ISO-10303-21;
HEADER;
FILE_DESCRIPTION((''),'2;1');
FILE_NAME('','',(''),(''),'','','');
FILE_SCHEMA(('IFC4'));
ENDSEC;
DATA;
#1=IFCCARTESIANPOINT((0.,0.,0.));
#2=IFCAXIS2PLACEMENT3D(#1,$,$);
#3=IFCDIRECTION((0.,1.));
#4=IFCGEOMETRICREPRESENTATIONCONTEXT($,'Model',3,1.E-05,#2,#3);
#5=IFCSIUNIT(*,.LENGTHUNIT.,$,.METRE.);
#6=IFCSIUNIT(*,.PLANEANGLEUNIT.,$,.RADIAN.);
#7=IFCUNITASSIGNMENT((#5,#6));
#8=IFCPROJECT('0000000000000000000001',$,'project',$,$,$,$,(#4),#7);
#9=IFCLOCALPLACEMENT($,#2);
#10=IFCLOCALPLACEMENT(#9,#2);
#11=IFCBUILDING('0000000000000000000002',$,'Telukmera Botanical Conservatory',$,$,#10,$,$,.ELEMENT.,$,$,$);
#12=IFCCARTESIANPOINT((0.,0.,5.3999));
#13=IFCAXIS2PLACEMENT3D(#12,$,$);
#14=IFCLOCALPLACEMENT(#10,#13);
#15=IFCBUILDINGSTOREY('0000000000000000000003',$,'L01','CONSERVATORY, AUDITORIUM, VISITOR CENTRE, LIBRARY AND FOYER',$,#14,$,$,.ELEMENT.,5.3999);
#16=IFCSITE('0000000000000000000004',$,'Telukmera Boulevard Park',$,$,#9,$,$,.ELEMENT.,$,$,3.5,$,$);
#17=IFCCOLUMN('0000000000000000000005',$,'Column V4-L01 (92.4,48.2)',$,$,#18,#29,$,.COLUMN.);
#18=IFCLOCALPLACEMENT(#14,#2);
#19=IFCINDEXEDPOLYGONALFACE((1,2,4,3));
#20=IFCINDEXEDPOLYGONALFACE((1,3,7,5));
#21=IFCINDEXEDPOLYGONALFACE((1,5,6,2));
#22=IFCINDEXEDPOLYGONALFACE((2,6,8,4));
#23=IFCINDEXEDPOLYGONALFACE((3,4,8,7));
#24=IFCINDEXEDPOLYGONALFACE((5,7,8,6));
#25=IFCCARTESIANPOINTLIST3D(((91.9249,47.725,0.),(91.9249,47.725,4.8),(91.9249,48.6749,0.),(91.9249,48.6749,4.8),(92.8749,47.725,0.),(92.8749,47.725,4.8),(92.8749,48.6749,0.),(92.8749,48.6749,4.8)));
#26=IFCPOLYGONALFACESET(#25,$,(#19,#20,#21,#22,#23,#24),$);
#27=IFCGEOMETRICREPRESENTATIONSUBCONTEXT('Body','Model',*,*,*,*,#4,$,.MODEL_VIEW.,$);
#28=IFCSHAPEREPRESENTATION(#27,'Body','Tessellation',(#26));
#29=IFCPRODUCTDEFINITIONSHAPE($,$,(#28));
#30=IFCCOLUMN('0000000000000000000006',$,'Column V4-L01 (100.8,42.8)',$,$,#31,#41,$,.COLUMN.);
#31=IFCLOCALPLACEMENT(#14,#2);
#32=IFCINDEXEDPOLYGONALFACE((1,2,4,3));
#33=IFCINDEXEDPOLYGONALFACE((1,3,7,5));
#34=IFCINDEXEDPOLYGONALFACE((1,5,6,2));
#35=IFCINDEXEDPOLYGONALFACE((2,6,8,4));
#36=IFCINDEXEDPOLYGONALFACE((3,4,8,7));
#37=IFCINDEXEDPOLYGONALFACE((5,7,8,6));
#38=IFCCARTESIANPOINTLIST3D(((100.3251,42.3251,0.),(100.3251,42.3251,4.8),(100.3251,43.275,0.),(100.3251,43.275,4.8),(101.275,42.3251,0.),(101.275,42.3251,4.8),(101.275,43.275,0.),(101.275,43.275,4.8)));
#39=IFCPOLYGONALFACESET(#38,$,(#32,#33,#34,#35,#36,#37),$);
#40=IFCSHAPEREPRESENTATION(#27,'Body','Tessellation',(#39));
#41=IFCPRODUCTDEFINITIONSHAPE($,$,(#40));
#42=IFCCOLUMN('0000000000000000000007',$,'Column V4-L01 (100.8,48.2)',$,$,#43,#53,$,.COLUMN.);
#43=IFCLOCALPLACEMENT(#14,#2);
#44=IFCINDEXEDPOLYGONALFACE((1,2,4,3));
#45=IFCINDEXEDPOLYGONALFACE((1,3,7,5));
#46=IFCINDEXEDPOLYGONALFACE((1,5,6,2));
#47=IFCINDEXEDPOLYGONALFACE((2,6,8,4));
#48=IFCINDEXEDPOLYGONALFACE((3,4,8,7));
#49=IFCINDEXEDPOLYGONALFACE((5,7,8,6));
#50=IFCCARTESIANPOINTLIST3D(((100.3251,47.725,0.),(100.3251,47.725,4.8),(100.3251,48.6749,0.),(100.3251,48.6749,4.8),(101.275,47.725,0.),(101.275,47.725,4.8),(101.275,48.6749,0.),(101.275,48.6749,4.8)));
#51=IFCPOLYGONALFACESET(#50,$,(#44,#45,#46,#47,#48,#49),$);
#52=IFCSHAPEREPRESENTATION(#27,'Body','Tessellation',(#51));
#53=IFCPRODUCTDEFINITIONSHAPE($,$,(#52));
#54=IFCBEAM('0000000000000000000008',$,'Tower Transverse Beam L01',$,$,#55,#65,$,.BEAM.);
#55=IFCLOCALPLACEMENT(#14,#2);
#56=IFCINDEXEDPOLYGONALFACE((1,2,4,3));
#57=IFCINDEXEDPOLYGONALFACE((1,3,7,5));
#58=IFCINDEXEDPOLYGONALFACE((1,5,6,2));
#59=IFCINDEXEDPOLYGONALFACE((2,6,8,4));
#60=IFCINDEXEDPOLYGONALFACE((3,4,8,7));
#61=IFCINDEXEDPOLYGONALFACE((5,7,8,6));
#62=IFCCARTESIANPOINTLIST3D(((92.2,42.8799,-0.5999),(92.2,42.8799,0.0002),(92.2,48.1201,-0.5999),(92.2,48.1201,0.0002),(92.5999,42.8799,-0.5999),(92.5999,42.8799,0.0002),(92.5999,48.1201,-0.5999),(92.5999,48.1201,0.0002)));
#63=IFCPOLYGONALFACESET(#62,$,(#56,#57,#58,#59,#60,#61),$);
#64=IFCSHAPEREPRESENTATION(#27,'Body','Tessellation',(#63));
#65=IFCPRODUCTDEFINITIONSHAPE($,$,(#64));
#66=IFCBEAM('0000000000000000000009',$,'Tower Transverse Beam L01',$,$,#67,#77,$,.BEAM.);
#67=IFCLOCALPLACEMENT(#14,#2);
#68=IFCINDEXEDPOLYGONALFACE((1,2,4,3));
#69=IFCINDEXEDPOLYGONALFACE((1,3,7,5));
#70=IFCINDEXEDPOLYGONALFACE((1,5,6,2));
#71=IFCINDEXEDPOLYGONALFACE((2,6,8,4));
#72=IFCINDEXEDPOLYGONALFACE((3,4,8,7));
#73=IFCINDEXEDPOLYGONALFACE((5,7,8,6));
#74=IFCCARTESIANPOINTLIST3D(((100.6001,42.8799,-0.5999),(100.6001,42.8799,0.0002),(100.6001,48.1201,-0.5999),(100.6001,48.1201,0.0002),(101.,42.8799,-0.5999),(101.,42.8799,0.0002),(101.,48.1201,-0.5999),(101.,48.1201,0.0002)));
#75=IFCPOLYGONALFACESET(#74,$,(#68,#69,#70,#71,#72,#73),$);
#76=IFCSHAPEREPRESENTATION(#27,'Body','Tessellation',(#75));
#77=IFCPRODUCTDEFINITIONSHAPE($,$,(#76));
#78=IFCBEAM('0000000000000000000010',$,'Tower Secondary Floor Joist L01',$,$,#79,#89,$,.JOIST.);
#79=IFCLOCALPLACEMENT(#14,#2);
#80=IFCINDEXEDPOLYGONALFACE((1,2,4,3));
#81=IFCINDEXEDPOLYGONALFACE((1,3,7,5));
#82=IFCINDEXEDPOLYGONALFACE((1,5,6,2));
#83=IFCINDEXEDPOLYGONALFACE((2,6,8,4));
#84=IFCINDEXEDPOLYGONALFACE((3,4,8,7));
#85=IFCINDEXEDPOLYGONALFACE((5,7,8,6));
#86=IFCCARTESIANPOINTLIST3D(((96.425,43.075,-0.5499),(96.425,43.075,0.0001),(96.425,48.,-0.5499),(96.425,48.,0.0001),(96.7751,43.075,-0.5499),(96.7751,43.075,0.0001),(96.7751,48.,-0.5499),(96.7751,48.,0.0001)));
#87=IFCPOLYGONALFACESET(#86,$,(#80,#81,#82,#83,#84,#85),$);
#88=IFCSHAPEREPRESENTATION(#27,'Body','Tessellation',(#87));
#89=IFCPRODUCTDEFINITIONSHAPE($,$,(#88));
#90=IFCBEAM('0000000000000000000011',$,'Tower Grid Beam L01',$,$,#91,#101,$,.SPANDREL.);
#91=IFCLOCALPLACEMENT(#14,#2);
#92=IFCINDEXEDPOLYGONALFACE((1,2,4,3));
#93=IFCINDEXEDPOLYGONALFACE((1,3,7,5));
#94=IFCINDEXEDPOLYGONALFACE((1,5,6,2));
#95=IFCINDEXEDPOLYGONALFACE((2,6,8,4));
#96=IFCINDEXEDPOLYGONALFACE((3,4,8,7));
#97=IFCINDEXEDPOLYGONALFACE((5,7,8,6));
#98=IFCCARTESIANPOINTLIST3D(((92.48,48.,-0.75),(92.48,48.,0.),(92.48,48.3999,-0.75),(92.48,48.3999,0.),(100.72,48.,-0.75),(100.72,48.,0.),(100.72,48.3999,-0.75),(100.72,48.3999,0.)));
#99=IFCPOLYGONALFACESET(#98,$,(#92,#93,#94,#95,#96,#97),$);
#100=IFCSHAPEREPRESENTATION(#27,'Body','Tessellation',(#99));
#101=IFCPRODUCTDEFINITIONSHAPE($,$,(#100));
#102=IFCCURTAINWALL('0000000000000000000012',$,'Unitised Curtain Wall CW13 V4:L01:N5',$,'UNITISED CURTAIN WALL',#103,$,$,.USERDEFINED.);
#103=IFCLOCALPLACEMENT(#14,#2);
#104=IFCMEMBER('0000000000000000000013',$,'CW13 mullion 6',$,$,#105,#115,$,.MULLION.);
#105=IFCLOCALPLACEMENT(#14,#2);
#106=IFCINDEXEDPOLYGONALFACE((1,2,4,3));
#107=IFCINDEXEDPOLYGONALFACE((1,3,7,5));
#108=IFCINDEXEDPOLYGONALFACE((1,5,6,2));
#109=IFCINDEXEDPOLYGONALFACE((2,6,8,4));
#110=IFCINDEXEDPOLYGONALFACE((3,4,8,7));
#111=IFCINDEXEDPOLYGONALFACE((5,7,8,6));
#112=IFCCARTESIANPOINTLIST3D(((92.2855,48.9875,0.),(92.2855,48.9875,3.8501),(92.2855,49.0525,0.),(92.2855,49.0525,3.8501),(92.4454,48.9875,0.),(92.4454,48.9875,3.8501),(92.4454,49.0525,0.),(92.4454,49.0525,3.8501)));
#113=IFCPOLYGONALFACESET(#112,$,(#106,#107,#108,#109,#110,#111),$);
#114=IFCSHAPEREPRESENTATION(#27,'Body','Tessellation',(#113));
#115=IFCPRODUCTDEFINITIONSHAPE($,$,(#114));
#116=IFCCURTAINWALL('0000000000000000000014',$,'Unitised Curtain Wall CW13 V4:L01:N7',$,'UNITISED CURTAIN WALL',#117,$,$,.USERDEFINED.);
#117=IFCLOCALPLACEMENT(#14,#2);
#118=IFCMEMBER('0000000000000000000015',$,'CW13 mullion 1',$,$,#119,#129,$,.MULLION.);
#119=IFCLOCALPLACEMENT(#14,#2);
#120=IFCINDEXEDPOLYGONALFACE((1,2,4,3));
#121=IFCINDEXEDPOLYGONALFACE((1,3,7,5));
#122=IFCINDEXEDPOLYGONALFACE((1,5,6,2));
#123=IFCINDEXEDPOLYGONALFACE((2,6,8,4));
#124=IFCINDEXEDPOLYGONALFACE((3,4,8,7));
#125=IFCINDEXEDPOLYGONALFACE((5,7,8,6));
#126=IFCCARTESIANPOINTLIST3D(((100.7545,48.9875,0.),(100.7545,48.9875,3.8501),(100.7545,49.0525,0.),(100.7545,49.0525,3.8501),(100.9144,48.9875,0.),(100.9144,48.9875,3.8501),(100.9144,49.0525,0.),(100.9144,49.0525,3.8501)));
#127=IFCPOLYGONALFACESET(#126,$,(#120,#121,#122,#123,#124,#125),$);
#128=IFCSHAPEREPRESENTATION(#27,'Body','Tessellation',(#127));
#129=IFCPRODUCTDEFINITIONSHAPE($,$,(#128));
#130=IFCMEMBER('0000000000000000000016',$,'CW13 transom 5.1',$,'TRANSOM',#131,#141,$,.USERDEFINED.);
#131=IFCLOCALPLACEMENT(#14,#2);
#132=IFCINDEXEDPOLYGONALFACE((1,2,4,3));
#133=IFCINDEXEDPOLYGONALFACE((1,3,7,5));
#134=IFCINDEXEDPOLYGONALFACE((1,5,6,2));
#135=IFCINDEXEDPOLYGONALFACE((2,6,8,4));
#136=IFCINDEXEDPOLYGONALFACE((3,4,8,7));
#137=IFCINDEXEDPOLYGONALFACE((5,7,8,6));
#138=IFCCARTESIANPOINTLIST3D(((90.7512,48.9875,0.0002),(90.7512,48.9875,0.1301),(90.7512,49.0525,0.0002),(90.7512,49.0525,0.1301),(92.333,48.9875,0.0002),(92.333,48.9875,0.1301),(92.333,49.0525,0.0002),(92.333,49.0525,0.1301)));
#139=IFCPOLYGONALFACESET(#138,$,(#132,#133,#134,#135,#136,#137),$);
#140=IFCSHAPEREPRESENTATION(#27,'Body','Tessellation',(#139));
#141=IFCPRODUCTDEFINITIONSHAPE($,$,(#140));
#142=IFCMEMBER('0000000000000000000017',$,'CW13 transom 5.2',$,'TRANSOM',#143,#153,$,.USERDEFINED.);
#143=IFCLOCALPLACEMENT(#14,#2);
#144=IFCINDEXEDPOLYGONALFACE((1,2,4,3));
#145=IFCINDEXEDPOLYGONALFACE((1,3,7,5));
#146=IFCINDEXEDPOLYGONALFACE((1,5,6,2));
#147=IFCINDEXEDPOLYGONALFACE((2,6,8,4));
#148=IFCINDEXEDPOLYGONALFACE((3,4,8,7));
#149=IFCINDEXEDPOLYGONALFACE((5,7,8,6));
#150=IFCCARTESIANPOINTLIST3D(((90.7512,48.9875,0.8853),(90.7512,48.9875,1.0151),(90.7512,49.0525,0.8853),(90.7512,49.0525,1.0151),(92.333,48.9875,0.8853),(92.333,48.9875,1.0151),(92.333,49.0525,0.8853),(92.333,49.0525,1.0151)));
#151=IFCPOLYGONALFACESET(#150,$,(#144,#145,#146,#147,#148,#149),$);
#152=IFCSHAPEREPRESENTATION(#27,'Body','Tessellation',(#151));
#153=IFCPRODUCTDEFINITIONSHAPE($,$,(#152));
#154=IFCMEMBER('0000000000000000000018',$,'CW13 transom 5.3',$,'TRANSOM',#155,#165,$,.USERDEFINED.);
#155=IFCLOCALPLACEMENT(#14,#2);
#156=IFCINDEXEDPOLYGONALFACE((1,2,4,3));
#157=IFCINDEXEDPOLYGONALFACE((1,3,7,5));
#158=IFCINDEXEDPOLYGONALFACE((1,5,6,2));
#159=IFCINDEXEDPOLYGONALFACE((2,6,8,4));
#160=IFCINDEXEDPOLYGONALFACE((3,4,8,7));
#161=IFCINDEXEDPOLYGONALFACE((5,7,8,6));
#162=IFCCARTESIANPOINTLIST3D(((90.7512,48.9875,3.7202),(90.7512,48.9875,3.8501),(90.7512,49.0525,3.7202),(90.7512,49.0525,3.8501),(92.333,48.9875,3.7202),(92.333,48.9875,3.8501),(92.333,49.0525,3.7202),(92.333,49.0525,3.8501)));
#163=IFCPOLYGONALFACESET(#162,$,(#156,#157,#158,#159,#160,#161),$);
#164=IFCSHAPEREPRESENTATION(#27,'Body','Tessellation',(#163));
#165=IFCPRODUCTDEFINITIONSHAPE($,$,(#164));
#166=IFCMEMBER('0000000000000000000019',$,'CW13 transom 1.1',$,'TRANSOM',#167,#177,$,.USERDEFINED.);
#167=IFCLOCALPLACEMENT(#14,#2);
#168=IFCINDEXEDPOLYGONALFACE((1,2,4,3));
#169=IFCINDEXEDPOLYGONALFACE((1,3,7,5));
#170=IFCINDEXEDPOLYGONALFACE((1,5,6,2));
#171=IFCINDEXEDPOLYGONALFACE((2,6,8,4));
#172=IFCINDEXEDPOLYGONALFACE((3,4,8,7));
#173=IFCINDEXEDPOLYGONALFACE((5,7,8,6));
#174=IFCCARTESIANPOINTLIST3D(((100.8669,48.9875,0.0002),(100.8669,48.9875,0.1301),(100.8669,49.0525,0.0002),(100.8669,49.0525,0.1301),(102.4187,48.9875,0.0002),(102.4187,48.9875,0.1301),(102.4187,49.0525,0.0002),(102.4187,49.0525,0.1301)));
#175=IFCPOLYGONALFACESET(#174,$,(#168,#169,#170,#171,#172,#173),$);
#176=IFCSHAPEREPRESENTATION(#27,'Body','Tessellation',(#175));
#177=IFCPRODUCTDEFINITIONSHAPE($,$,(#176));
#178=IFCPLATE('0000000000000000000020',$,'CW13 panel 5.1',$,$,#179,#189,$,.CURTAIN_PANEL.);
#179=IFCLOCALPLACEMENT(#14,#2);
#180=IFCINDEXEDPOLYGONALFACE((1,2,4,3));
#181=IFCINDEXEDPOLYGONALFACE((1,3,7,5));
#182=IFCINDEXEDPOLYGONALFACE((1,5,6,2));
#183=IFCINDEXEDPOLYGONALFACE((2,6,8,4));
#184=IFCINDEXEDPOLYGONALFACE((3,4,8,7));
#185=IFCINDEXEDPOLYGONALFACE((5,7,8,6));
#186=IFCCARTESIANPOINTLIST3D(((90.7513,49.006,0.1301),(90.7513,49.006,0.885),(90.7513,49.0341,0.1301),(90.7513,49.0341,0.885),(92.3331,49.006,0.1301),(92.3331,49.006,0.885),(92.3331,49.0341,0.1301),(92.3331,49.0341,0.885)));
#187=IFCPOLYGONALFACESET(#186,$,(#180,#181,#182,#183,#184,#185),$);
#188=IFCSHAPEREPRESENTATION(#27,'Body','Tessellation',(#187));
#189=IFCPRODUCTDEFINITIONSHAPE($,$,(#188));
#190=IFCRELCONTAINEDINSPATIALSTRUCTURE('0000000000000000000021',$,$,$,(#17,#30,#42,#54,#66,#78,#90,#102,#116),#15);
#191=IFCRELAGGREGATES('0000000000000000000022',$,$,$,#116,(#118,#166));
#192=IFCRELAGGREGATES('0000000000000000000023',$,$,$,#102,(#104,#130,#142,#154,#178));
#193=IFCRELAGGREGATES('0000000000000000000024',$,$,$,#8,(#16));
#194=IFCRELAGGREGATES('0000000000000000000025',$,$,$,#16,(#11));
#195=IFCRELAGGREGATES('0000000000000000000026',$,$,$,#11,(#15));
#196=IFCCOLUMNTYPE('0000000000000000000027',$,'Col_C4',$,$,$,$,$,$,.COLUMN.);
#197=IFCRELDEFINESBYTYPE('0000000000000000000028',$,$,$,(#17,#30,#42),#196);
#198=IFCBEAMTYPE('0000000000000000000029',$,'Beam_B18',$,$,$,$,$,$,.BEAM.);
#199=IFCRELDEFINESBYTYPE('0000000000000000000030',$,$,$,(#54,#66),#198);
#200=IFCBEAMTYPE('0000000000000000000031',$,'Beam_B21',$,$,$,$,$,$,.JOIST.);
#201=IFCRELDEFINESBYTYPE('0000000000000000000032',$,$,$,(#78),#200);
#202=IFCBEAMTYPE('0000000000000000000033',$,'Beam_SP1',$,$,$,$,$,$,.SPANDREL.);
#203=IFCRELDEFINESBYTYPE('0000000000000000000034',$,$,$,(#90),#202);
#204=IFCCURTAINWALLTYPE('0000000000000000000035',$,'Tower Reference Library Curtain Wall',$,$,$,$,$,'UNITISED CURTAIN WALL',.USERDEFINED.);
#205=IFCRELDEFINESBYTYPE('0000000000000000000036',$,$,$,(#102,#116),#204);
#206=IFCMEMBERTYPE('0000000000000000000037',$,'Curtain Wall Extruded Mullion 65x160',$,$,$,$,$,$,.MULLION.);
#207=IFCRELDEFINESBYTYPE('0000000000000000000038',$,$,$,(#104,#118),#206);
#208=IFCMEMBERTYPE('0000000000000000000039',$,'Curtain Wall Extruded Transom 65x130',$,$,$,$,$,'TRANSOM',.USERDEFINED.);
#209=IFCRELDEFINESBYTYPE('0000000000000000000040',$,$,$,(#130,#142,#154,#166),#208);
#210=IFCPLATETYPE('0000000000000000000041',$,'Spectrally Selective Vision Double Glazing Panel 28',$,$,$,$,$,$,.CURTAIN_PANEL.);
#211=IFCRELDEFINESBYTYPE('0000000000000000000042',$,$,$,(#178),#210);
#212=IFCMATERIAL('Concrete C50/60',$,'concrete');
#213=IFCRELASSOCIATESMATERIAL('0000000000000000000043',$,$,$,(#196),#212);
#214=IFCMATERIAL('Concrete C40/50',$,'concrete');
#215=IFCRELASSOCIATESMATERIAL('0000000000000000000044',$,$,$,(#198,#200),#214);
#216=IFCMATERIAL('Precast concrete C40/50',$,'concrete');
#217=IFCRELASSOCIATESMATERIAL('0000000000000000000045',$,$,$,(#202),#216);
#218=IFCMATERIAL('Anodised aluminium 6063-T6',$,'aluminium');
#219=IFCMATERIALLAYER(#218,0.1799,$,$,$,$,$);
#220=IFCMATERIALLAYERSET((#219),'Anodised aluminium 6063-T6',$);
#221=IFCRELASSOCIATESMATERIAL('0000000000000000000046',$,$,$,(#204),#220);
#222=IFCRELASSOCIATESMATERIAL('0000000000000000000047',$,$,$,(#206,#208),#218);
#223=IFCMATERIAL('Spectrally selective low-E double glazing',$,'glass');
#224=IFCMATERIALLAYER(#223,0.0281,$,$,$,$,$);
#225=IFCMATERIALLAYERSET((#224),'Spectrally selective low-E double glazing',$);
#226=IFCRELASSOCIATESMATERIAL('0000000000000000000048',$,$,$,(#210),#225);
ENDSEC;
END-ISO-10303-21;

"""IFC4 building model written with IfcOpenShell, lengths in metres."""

from ifc_helpers import new_model, si_unit, direction, frame, origin, origin_2d, place, context, subcontext, project, spatial, rectangle, extrude, material, layer, layer_set, material_profile, profile_set, type_object, element, aggregate, save


model = new_model("IFC4")

# Units and contexts
model_context = context("Model", 3, precision=1e-05, world=origin(), true_north=direction((0.0, 1.0)))
body_context = subcontext(model_context, "Body", "Model", "MODEL_VIEW")
ifc_project = project(units=[si_unit("LENGTHUNIT", "METRE"), si_unit("PLANEANGLEUNIT", "RADIAN")], contexts=[model_context])

# Site, building, storey
site_placement = place(None, origin())
site = spatial("IfcSite", under=ifc_project, at=site_placement, Name="Telukmera Boulevard Park", CompositionType="ELEMENT", RefElevation=3.5)
building_placement = place(site_placement, origin())
building = spatial("IfcBuilding", under=site, at=building_placement, Name="Telukmera Botanical Conservatory", CompositionType="ELEMENT")
storey_placement = place(building_placement, frame((0.0, 0.0, 5.3999)))
storey = spatial("IfcBuildingStorey", under=building, at=storey_placement, Name="L01", Description="CONSERVATORY, AUDITORIUM, VISITOR CENTRE, LIBRARY AND FOYER", CompositionType="ELEMENT", Elevation=5.3999)

# Columns
ifc_material_1 = material(Name="Concrete C50/60", Category="concrete")
ifc_material_profile_1 = material_profile(ifc_material_1, rectangle(XDim=0.95, YDim=0.95, at=origin_2d()), Name="RC 950x950")
ifc_profile_set_1 = profile_set([ifc_material_profile_1], Name="Concrete C50/60")
column_type = type_object("IfcColumnType", Name="Col_C4", PredefinedType="COLUMN", material=ifc_profile_set_1)
for number, where, z_axis, x_axis, name in (
    (1, (92.3999, 48.2, 0.0), (0.0, 0.0, 1.0), (1.0, 0.0, 0.0), "Column V4-L01 (92.4,48.2)"),
    (2, (100.8, 42.8, 0.0), (0.0, 0.0, 1.0), (1.0, 0.0, 0.0), "Column V4-L01 (100.8,42.8)"),
    (3, (100.8, 48.2, 0.0), (0.0, 0.0, 1.0), (1.0, 0.0, 0.0), "Column V4-L01 (100.8,48.2)"),
):
    element("IfcColumn", number, at=place(storey_placement, frame(where, z_axis=z_axis, x_axis=x_axis)), inside=storey, type_object=column_type, Name=name, PredefinedType="COLUMN", context=body_context, shape_type="SweptSolid", body=[
        extrude(rectangle(XDim=0.95, YDim=0.95, at=origin_2d()), origin(), (0.0, 0.0, 1.0), 4.8),
    ])

# Beams
ifc_material_2 = material(Name="Concrete C40/50", Category="concrete")
ifc_material_profile_2 = material_profile(ifc_material_2, rectangle(XDim=0.3999, YDim=0.6001, at=origin_2d()), Name="RC 400x600")
ifc_profile_set_2 = profile_set([ifc_material_profile_2], Name="Concrete C40/50")
beam_type_1 = type_object("IfcBeamType", Name="Beam_B18", PredefinedType="BEAM", material=ifc_profile_set_2)
for number, where, z_axis, x_axis, name in (
    (4, (92.3999, 42.8799, -0.2998), (0.0, 1.0, 0.0), (-1.0, 0.0, 0.0), "Tower Transverse Beam L01"),
    (5, (100.8, 42.8799, -0.2998), (0.0, 1.0, 0.0), (-1.0, 0.0, 0.0), "Tower Transverse Beam L01"),
):
    element("IfcBeam", number, at=place(storey_placement, frame(where, z_axis=z_axis, x_axis=x_axis)), inside=storey, type_object=beam_type_1, Name=name, PredefinedType="BEAM", context=body_context, shape_type="SweptSolid", body=[
        extrude(rectangle(XDim=0.3999, YDim=0.6001, at=origin_2d()), origin(), (0.0, 0.0, 1.0), 5.2402),
    ])
ifc_material_profile_3 = material_profile(ifc_material_2, rectangle(XDim=0.3501, YDim=0.55, at=origin_2d()), Name="RC 350x550")
ifc_profile_set_3 = profile_set([ifc_material_profile_3], Name="Concrete C40/50")
beam_type_2 = type_object("IfcBeamType", Name="Beam_B21", PredefinedType="JOIST", material=ifc_profile_set_3)
beam_1_placement = place(storey_placement, frame((96.6001, 43.075, -0.2749), z_axis=(0.0, 1.0, 0.0), x_axis=(-1.0, 0.0, 0.0)))
element("IfcBeam", 6, at=beam_1_placement, inside=storey, type_object=beam_type_2, Name="Tower Secondary Floor Joist L01", PredefinedType="JOIST", context=body_context, shape_type="SweptSolid", body=[
    extrude(rectangle(XDim=0.3501, YDim=0.55, at=origin_2d()), origin(), (0.0, 0.0, 1.0), 4.925),
])
ifc_material_3 = material(Name="Precast concrete C40/50", Category="concrete")
ifc_material_profile_4 = material_profile(ifc_material_3, rectangle(XDim=0.3999, YDim=0.75, at=origin_2d()), Name="PC 400x750")
ifc_profile_set_4 = profile_set([ifc_material_profile_4], Name="Precast concrete C40/50")
beam_type_3 = type_object("IfcBeamType", Name="Beam_SP1", PredefinedType="SPANDREL", material=ifc_profile_set_4)
beam_2_placement = place(storey_placement, frame((92.48, 48.2, -0.375), z_axis=(1.0, 0.0, 0.0), x_axis=(0.0, 1.0, 0.0)))
element("IfcBeam", 7, at=beam_2_placement, inside=storey, type_object=beam_type_3, Name="Tower Grid Beam L01", PredefinedType="SPANDREL", context=body_context, shape_type="SweptSolid", body=[
    extrude(rectangle(XDim=0.3999, YDim=0.75, at=origin_2d()), origin(), (0.0, 0.0, 1.0), 8.24),
])

# Curtain walls, members
ifc_material_4 = material(Name="Anodised aluminium 6063-T6", Category="aluminium")
ifc_layer_1 = layer(ifc_material_4, 0.1799)
ifc_layer_set_1 = layer_set([ifc_layer_1], Name="Anodised aluminium 6063-T6")
curtain_wall_type = type_object("IfcCurtainWallType", Name="Tower Reference Library Curtain Wall", ElementType="UNITISED CURTAIN WALL", PredefinedType="USERDEFINED", material=ifc_layer_set_1)
curtain_wall_1_placement = place(storey_placement, origin())
curtain_wall_1 = element("IfcCurtainWall", 8, at=curtain_wall_1_placement, inside=storey, type_object=curtain_wall_type, Name="Unitised Curtain Wall CW13 V4:L01:N5", ObjectType="UNITISED CURTAIN WALL", PredefinedType="USERDEFINED")
ifc_material_profile_5 = material_profile(ifc_material_4, rectangle(XDim=0.0649, YDim=0.1599, at=origin_2d()), Name="ALU MULL 65x160")
ifc_profile_set_5 = profile_set([ifc_material_profile_5], Name="Anodised aluminium 6063-T6")
member_type_1 = type_object("IfcMemberType", Name="Curtain Wall Extruded Mullion 65x160", PredefinedType="MULLION", material=ifc_profile_set_5)
member_1_placement = place(storey_placement, frame((92.3655, 49.02, 0.0), z_axis=(0.0, 0.0, 1.0), x_axis=(0.0, 1.0, 0.0)))
member_1 = element("IfcMember", 9, at=member_1_placement, type_object=member_type_1, Name="CW13 mullion 6", PredefinedType="MULLION", context=body_context, shape_type="SweptSolid", body=[
    extrude(rectangle(XDim=0.0649, YDim=0.1599, at=origin_2d()), origin(), (0.0, 0.0, 1.0), 3.8501),
])
curtain_wall_2_placement = place(storey_placement, origin())
curtain_wall_2 = element("IfcCurtainWall", 10, at=curtain_wall_2_placement, inside=storey, type_object=curtain_wall_type, Name="Unitised Curtain Wall CW13 V4:L01:N7", ObjectType="UNITISED CURTAIN WALL", PredefinedType="USERDEFINED")
member_2_placement = place(storey_placement, frame((100.8345, 49.02, 0.0), z_axis=(0.0, 0.0, 1.0), x_axis=(0.0, 1.0, 0.0)))
member_2 = element("IfcMember", 11, at=member_2_placement, type_object=member_type_1, Name="CW13 mullion 1", PredefinedType="MULLION", context=body_context, shape_type="SweptSolid", body=[
    extrude(rectangle(XDim=0.0649, YDim=0.1599, at=origin_2d()), origin(), (0.0, 0.0, 1.0), 3.8501),
])

# Members
ifc_material_profile_6 = material_profile(ifc_material_4, rectangle(XDim=0.0649, YDim=0.1299, at=origin_2d()), Name="ALU TRAN 65x130")
ifc_profile_set_6 = profile_set([ifc_material_profile_6], Name="Anodised aluminium 6063-T6")
member_type_2 = type_object("IfcMemberType", Name="Curtain Wall Extruded Transom 65x130", ElementType="TRANSOM", PredefinedType="USERDEFINED", material=ifc_profile_set_6)
member_3_placement = place(storey_placement, frame((90.7512, 49.02, 0.0652), z_axis=(1.0, 0.0, 0.0), x_axis=(0.0, 1.0, 0.0)))
member_3 = element("IfcMember", 12, at=member_3_placement, type_object=member_type_2, Name="CW13 transom 5.1", ObjectType="TRANSOM", PredefinedType="USERDEFINED", context=body_context, shape_type="SweptSolid", body=[
    extrude(rectangle(XDim=0.0649, YDim=0.1299, at=origin_2d()), origin(), (0.0, 0.0, 1.0), 1.5818),
])
member_4_placement = place(storey_placement, frame((90.7512, 49.02, 0.9502), z_axis=(1.0, 0.0, 0.0), x_axis=(0.0, 1.0, 0.0)))
member_4 = element("IfcMember", 13, at=member_4_placement, type_object=member_type_2, Name="CW13 transom 5.2", ObjectType="TRANSOM", PredefinedType="USERDEFINED", context=body_context, shape_type="SweptSolid", body=[
    extrude(rectangle(XDim=0.0649, YDim=0.1299, at=origin_2d()), origin(), (0.0, 0.0, 1.0), 1.5818),
])
member_5_placement = place(storey_placement, frame((90.7512, 49.02, 3.7852), z_axis=(1.0, 0.0, 0.0), x_axis=(0.0, 1.0, 0.0)))
member_5 = element("IfcMember", 14, at=member_5_placement, type_object=member_type_2, Name="CW13 transom 5.3", ObjectType="TRANSOM", PredefinedType="USERDEFINED", context=body_context, shape_type="SweptSolid", body=[
    extrude(rectangle(XDim=0.0649, YDim=0.1299, at=origin_2d()), origin(), (0.0, 0.0, 1.0), 1.5818),
])
member_6_placement = place(storey_placement, frame((100.8669, 49.02, 0.0652), z_axis=(1.0, 0.0, 0.0), x_axis=(0.0, 1.0, 0.0)))
member_6 = element("IfcMember", 15, at=member_6_placement, type_object=member_type_2, Name="CW13 transom 1.1", ObjectType="TRANSOM", PredefinedType="USERDEFINED", context=body_context, shape_type="SweptSolid", body=[
    extrude(rectangle(XDim=0.0649, YDim=0.1299, at=origin_2d()), origin(), (0.0, 0.0, 1.0), 1.5518),
])
aggregate(curtain_wall_2, [member_2, member_6])

# Plate
ifc_material_5 = material(Name="Spectrally selective low-E double glazing", Category="glass")
ifc_layer_2 = layer(ifc_material_5, 0.0281)
ifc_layer_set_2 = layer_set([ifc_layer_2], Name="Spectrally selective low-E double glazing")
plate_type = type_object("IfcPlateType", Name="Spectrally Selective Vision Double Glazing Panel 28", PredefinedType="CURTAIN_PANEL", material=ifc_layer_set_2)
plate_1_placement = place(storey_placement, frame((91.5422, 49.02, 0.1301), z_axis=(0.0, 0.0, 1.0), x_axis=(1.0, 0.0, 0.0)))
plate_1 = element("IfcPlate", 16, at=plate_1_placement, type_object=plate_type, Name="CW13 panel 5.1", PredefinedType="CURTAIN_PANEL", context=body_context, shape_type="SweptSolid", body=[
    extrude(rectangle(XDim=1.5818, YDim=0.0281, at=origin_2d()), origin(), (0.0, 0.0, 1.0), 0.7549),
])
aggregate(curtain_wall_1, [member_1, member_3, member_4, member_5, plate_1])

save(model, "model.ifc")
